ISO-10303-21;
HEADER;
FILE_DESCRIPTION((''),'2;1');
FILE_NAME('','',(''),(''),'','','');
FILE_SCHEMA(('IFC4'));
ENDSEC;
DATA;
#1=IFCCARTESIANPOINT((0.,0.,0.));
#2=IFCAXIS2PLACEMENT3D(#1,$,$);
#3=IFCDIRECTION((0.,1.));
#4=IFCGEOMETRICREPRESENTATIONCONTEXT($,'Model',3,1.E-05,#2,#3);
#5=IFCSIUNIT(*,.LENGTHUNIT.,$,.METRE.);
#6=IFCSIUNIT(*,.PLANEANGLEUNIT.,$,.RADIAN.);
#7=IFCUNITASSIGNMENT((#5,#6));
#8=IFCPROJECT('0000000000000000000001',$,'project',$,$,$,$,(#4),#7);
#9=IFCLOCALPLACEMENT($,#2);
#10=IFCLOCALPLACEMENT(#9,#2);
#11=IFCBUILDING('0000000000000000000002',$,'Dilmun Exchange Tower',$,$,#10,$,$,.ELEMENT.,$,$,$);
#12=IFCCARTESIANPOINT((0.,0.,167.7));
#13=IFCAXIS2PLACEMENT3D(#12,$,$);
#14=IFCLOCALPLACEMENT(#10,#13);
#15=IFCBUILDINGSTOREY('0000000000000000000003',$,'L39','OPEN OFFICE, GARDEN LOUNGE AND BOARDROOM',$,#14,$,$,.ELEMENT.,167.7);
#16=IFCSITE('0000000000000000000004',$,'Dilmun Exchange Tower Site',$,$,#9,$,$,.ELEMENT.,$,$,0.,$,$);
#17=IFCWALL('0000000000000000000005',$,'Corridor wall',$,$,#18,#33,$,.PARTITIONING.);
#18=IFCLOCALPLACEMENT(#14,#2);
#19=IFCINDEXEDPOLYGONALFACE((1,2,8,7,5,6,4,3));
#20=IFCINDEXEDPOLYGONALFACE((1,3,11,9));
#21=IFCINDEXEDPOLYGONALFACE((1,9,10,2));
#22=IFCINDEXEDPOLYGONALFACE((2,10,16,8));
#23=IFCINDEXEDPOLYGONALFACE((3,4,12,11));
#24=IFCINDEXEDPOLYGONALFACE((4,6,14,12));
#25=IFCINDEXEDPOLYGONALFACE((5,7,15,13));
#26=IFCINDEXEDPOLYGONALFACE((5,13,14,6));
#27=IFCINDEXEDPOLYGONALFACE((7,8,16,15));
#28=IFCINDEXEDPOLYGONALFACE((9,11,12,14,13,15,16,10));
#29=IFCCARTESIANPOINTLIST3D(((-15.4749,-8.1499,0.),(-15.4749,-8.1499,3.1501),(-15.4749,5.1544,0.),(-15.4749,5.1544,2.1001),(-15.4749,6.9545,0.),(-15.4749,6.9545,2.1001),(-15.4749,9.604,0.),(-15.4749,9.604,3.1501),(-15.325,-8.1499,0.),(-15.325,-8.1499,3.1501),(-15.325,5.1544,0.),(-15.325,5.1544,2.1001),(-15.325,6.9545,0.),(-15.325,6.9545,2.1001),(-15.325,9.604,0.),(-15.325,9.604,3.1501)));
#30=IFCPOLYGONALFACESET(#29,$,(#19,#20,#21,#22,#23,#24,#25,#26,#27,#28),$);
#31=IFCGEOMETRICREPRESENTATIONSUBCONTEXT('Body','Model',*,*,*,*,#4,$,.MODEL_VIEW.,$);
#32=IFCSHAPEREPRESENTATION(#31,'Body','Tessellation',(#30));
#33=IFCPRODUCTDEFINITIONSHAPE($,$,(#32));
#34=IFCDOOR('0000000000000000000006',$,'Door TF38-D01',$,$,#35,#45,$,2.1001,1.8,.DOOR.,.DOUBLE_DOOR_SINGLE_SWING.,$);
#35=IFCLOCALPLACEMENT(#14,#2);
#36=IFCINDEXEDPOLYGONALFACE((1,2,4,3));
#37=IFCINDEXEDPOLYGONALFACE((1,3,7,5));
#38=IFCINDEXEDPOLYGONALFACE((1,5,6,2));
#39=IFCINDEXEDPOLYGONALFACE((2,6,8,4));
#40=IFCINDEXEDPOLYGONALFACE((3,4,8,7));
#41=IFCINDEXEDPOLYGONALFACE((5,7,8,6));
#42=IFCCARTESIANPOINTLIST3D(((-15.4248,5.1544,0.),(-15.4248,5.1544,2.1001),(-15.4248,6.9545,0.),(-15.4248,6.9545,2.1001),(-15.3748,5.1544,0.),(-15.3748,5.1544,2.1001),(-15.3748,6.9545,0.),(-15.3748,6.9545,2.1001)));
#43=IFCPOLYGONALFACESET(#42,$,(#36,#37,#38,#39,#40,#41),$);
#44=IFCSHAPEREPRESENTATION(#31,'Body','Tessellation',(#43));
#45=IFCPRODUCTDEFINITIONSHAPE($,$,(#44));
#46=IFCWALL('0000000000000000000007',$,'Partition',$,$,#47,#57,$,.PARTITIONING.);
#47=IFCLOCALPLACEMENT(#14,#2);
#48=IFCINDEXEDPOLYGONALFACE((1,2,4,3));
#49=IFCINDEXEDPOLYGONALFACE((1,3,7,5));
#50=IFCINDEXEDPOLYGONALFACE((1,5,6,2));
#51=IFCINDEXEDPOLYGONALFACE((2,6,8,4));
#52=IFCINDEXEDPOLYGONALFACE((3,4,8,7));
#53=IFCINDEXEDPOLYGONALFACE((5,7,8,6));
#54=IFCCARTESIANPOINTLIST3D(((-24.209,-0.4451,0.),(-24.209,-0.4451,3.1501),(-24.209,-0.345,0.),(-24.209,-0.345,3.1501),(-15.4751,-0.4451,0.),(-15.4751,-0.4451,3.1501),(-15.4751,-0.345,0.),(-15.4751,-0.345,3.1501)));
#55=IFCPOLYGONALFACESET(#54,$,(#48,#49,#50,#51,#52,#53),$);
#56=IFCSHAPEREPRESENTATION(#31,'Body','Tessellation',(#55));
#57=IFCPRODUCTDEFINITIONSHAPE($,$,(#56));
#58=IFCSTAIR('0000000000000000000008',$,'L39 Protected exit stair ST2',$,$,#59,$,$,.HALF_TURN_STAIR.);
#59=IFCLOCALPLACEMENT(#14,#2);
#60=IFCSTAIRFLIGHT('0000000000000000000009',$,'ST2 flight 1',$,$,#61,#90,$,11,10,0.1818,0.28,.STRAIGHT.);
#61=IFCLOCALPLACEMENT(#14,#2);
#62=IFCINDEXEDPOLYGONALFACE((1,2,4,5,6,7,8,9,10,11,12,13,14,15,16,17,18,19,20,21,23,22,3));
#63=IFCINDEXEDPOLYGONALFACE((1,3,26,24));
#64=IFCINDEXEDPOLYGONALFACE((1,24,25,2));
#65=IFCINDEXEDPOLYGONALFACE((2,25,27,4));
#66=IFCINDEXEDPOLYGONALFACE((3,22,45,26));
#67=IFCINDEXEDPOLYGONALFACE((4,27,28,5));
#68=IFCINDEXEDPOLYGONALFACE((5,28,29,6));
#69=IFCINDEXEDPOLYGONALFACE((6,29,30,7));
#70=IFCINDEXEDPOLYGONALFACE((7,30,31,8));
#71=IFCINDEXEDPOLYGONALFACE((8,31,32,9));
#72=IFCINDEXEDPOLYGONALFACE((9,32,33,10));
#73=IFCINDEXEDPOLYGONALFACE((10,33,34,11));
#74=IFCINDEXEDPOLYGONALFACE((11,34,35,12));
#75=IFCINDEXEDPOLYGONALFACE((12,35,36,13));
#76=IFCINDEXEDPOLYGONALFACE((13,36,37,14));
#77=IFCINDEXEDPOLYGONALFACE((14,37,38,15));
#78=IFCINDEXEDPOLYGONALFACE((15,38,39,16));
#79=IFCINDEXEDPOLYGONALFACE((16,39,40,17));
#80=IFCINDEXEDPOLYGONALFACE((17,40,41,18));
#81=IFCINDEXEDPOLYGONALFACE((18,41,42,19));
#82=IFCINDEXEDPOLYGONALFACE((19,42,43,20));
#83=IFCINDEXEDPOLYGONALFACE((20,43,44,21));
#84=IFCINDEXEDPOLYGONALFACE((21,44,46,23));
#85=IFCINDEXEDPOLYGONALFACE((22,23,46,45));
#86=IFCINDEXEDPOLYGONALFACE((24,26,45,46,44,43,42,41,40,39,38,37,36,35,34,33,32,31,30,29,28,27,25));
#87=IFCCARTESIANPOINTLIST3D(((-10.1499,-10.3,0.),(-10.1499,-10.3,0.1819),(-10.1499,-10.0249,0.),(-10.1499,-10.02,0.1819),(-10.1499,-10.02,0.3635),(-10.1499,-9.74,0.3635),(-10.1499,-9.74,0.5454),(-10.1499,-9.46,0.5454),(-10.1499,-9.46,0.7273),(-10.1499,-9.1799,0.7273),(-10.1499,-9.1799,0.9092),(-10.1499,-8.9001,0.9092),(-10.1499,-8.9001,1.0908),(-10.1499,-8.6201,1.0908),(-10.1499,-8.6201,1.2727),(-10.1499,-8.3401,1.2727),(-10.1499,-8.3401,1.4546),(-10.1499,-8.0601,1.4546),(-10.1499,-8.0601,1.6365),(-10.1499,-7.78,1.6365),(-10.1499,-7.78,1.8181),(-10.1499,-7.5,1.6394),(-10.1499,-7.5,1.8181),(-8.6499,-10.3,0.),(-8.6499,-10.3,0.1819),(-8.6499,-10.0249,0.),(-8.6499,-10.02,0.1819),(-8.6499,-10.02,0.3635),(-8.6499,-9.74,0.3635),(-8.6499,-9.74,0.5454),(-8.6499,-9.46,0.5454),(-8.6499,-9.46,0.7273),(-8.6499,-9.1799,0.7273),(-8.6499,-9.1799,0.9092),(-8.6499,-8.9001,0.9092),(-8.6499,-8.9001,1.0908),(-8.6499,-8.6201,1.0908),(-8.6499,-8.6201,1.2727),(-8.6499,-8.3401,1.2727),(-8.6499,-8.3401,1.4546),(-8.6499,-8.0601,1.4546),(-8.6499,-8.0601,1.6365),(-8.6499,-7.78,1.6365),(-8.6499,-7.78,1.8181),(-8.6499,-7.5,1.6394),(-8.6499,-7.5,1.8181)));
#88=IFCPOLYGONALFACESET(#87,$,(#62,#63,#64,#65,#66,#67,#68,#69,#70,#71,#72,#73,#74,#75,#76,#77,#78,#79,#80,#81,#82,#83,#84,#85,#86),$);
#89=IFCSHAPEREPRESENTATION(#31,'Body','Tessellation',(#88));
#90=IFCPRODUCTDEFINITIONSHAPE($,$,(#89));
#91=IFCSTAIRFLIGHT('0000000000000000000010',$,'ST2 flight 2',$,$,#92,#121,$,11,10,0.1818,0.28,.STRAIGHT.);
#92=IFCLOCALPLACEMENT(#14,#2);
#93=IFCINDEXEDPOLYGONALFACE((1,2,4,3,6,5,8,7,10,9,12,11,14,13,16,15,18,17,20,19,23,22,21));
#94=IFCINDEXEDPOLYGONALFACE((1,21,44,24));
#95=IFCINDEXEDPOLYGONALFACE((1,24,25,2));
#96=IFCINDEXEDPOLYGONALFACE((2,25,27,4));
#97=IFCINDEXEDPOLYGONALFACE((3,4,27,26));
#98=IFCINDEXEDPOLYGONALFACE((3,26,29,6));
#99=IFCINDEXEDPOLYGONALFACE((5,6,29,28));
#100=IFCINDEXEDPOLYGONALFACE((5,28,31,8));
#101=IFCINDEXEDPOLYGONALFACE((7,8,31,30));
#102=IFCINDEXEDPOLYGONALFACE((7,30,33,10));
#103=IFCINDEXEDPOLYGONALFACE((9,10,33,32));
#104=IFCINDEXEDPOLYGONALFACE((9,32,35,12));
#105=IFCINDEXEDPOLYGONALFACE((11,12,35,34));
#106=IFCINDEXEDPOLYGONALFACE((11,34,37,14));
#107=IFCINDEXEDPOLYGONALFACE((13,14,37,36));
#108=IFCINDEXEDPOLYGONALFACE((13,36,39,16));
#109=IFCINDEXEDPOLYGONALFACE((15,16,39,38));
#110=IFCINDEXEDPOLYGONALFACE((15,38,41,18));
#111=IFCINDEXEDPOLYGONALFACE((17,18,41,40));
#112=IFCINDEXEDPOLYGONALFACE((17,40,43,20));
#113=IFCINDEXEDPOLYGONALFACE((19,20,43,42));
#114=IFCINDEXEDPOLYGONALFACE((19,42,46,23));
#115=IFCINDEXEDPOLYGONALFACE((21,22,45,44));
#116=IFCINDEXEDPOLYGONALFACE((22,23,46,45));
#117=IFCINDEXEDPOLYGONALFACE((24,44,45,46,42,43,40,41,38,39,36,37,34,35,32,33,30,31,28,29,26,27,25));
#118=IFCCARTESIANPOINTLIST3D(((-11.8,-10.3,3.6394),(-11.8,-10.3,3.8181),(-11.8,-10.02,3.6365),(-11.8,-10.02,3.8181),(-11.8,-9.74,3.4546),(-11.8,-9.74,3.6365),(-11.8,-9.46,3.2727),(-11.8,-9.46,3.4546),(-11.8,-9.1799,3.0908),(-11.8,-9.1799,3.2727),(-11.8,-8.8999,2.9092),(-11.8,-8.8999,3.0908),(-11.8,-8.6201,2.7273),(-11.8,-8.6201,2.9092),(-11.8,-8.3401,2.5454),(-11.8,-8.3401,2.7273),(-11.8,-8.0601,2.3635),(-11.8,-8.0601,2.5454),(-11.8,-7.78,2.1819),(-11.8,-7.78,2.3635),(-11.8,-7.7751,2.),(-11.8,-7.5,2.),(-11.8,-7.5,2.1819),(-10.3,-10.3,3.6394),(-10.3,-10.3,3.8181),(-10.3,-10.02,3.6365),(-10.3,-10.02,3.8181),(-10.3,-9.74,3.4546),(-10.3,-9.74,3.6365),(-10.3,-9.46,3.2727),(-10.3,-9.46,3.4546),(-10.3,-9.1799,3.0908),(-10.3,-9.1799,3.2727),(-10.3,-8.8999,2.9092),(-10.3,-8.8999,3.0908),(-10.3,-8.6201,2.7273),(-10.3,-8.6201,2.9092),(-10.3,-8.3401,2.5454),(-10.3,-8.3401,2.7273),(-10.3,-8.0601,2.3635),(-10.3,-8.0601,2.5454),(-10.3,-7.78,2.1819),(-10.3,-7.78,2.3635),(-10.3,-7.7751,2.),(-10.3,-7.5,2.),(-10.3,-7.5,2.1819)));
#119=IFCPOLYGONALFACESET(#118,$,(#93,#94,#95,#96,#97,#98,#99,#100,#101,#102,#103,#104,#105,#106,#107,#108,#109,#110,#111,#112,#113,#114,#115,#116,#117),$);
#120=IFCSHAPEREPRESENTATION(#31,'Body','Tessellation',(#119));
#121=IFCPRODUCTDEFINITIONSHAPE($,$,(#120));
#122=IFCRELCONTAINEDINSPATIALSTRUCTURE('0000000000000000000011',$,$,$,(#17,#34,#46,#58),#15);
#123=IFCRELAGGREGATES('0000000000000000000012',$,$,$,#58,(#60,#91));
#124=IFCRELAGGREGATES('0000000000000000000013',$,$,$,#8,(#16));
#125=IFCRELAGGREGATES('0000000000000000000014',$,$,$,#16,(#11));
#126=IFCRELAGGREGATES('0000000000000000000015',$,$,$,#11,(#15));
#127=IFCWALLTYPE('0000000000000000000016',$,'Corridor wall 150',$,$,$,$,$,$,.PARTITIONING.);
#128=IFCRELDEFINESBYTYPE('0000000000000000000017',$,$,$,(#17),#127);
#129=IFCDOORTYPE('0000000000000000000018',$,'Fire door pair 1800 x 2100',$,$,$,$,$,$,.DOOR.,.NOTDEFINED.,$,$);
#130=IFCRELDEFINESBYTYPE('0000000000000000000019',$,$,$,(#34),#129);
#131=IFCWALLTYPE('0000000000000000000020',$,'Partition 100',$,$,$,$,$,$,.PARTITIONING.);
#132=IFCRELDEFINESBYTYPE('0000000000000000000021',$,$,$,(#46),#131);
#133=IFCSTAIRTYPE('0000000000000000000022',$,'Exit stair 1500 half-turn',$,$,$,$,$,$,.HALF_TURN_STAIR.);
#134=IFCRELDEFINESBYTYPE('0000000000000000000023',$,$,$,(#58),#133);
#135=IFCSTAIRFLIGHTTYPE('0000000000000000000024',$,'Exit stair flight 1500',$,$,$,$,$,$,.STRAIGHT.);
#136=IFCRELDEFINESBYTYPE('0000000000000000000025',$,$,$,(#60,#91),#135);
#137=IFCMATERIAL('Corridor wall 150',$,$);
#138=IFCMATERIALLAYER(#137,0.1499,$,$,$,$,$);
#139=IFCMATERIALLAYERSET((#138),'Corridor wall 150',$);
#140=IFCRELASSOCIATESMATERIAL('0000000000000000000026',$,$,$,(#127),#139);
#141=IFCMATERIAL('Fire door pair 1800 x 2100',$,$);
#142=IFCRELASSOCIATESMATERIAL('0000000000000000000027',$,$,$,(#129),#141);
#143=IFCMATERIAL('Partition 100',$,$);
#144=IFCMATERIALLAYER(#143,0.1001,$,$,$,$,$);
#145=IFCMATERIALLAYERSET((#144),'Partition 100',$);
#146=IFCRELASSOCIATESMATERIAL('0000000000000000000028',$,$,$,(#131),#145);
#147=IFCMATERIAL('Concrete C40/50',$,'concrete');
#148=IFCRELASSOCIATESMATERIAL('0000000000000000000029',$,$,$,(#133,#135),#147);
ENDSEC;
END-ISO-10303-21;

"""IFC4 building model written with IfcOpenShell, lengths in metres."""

from ifc_helpers import new_model, si_unit, direction, frame, frame_2d, origin, place, context, subcontext, project, spatial, polyline, rectangle, outline, extrude, material, layer, layer_set, type_object, element, fill, aggregate, save


model = new_model("IFC4")

# Units and contexts
model_context = context("Model", 3, precision=1e-05, world=origin(), true_north=direction((0.0, 1.0)))
body_context = subcontext(model_context, "Body", "Model", "MODEL_VIEW")
ifc_project = project(units=[si_unit("LENGTHUNIT", "METRE"), si_unit("PLANEANGLEUNIT", "RADIAN")], contexts=[model_context])

# Site, building, storey
site_placement = place(None, origin())
site = spatial("IfcSite", under=ifc_project, at=site_placement, Name="Dilmun Exchange Tower Site", CompositionType="ELEMENT", RefElevation=0.0)
building_placement = place(site_placement, origin())
building = spatial("IfcBuilding", under=site, at=building_placement, Name="Dilmun Exchange Tower", CompositionType="ELEMENT")
storey_placement = place(building_placement, frame((0.0, 0.0, 167.7)))
storey = spatial("IfcBuildingStorey", under=building, at=storey_placement, Name="L39", Description="OPEN OFFICE, GARDEN LOUNGE AND BOARDROOM", CompositionType="ELEMENT", Elevation=167.7)

# Shared definitions
ifc_material_1 = material(Name="Concrete C40/50", Category="concrete")

# Shared definitions
ifc_material_2 = material(Name="Corridor wall 150")
ifc_layer_1 = layer(ifc_material_2, 0.1499)
ifc_layer_set_1 = layer_set([ifc_layer_1], Name="Corridor wall 150")
wall_type_1 = type_object("IfcWallType", Name="Corridor wall 150", PredefinedType="PARTITIONING", material=ifc_layer_set_1)

# Wall, opening, door
wall_1_placement = place(storey_placement, frame((-15.3999, -8.1499, 0.0), z_axis=(0.0, 0.0, 1.0), x_axis=(0.0, 1.0, 0.0)))
wall_1 = element("IfcWall", 1, at=wall_1_placement, inside=storey, type_object=wall_type_1, Name="Corridor wall", PredefinedType="PARTITIONING", context=body_context, shape_type="SweptSolid", body=[
    extrude(rectangle(XDim=17.7539, YDim=0.1499, at=frame_2d((8.877, 0.0))), origin(), (0.0, 0.0, 1.0), 3.1501),
])
opening_1_placement = place(wall_1_placement, frame((13.3044, 0.0, 0.0)))
opening_1 = element("IfcOpeningElement", 2, at=opening_1_placement, cuts=wall_1, PredefinedType="OPENING", context=body_context, shape_type="SweptSolid", body=[
    extrude(rectangle(XDim=1.8, YDim=2.1001, at=frame_2d((0.8999, 1.05))), frame((0.0, 0.085, 0.0), z_axis=(0.0, -1.0, 0.0), x_axis=(1.0, 0.0, 0.0)), (0.0, 0.0, 1.0), 0.1699),
])
ifc_material_3 = material(Name="Fire door pair 1800 x 2100")
door_type_1 = type_object("IfcDoorType", Name="Fire door pair 1800 x 2100", OperationType="NOTDEFINED", PredefinedType="DOOR", material=ifc_material_3)
door_1_placement = place(opening_1_placement, origin())
door_1 = element("IfcDoor", 3, at=door_1_placement, inside=storey, type_object=door_type_1, Name="Door TF38-D01", OperationType="DOUBLE_DOOR_SINGLE_SWING", OverallHeight=2.1001, OverallWidth=1.8, PredefinedType="DOOR", context=body_context, shape_type="SweptSolid", body=[
    extrude(rectangle(XDim=1.8, YDim=2.1001, at=frame_2d((0.8999, 1.05))), frame((0.0, 0.0249, 0.0), z_axis=(0.0, -1.0, 0.0), x_axis=(1.0, 0.0, 0.0)), (0.0, 0.0, 1.0), 0.05),
])
fill(opening_1, door_1)

# Wall
ifc_material_4 = material(Name="Partition 100")
ifc_layer_2 = layer(ifc_material_4, 0.1001)
ifc_layer_set_2 = layer_set([ifc_layer_2], Name="Partition 100")
wall_type_2 = type_object("IfcWallType", Name="Partition 100", PredefinedType="PARTITIONING", material=ifc_layer_set_2)
wall_2_placement = place(storey_placement, frame((-24.209, -0.395, 0.0), z_axis=(0.0, 0.0, 1.0), x_axis=(1.0, 0.0, 0.0)))
element("IfcWall", 4, at=wall_2_placement, inside=storey, type_object=wall_type_2, Name="Partition", PredefinedType="PARTITIONING", context=body_context, shape_type="SweptSolid", body=[
    extrude(rectangle(XDim=8.7339, YDim=0.1001, at=frame_2d((4.3669, 0.0))), origin(), (0.0, 0.0, 1.0), 3.1501),
])

# Stair, stair flights
stair_type = type_object("IfcStairType", Name="Exit stair 1500 half-turn", PredefinedType="HALF_TURN_STAIR", material=ifc_material_1)
stair_placement = place(storey_placement, origin())
stair = element("IfcStair", 5, at=stair_placement, inside=storey, type_object=stair_type, Name="L39 Protected exit stair ST2", PredefinedType="HALF_TURN_STAIR")
stair_flight_type = type_object("IfcStairFlightType", Name="Exit stair flight 1500", PredefinedType="STRAIGHT", material=ifc_material_1)
stair_flight_1_placement = place(storey_placement, frame((-9.3999, -10.3, 0.0), z_axis=(0.0, 0.0, 1.0), x_axis=(0.0, 1.0, 0.0)))
stair_flight_1 = element("IfcStairFlight", 6, at=stair_flight_1_placement, type_object=stair_flight_type, Name="ST2 flight 1", NumberOfRisers=11, NumberOfTreads=10, PredefinedType="STRAIGHT", RiserHeight=0.1818, TreadLength=0.28, context=body_context, shape_type="SweptSolid", body=[
    extrude(outline(polyline([(0.0, 0.0), (0.0, 0.1819), (0.28, 0.1819), (0.28, 0.3635), (0.5601, 0.3635), (0.5601, 0.5454), (0.8401, 0.5454), (0.8401, 0.7273), (1.1201, 0.7273), (1.1201, 0.9092), (1.3999, 0.9092), (1.3999, 1.0908), (1.6799, 1.0908), (1.6799, 1.2727), (1.96, 1.2727), (1.96, 1.4546), (2.24, 1.4546), (2.24, 1.6365), (2.52, 1.6365), (2.52, 1.8181), (2.8, 1.8181), (2.8, 2.0), (2.8, 1.6394), (0.2751, 0.0), (0.0, 0.0)])), frame((0.0, 0.75, 0.0), z_axis=(0.0, -1.0, 0.0), x_axis=(1.0, 0.0, 0.0)), (0.0, 0.0, 1.0), 1.5),
])
stair_flight_2_placement = place(storey_placement, frame((-11.05, -7.5, 2.0), z_axis=(0.0, 0.0, 1.0), x_axis=(0.0, -1.0, 0.0)))
stair_flight_2 = element("IfcStairFlight", 7, at=stair_flight_2_placement, type_object=stair_flight_type, Name="ST2 flight 2", NumberOfRisers=11, NumberOfTreads=10, PredefinedType="STRAIGHT", RiserHeight=0.1818, TreadLength=0.28, context=body_context, shape_type="SweptSolid", body=[
    extrude(outline(polyline([(0.0, 0.0), (0.0, 0.1819), (0.28, 0.1819), (0.28, 0.3635), (0.5601, 0.3635), (0.5601, 0.5454), (0.8401, 0.5454), (0.8401, 0.7273), (1.1201, 0.7273), (1.1201, 0.9092), (1.3999, 0.9092), (1.3999, 1.0908), (1.6799, 1.0908), (1.6799, 1.2727), (1.96, 1.2727), (1.96, 1.4546), (2.24, 1.4546), (2.24, 1.6365), (2.52, 1.6365), (2.52, 1.8181), (2.8, 1.8181), (2.8, 2.0), (2.8, 1.6394), (0.2751, 0.0), (0.0, 0.0)])), frame((0.0, 0.75, 0.0), z_axis=(0.0, -1.0, 0.0), x_axis=(1.0, 0.0, 0.0)), (0.0, 0.0, 1.0), 1.5),
])
aggregate(stair, [stair_flight_1, stair_flight_2])

save(model, "model.ifc")
